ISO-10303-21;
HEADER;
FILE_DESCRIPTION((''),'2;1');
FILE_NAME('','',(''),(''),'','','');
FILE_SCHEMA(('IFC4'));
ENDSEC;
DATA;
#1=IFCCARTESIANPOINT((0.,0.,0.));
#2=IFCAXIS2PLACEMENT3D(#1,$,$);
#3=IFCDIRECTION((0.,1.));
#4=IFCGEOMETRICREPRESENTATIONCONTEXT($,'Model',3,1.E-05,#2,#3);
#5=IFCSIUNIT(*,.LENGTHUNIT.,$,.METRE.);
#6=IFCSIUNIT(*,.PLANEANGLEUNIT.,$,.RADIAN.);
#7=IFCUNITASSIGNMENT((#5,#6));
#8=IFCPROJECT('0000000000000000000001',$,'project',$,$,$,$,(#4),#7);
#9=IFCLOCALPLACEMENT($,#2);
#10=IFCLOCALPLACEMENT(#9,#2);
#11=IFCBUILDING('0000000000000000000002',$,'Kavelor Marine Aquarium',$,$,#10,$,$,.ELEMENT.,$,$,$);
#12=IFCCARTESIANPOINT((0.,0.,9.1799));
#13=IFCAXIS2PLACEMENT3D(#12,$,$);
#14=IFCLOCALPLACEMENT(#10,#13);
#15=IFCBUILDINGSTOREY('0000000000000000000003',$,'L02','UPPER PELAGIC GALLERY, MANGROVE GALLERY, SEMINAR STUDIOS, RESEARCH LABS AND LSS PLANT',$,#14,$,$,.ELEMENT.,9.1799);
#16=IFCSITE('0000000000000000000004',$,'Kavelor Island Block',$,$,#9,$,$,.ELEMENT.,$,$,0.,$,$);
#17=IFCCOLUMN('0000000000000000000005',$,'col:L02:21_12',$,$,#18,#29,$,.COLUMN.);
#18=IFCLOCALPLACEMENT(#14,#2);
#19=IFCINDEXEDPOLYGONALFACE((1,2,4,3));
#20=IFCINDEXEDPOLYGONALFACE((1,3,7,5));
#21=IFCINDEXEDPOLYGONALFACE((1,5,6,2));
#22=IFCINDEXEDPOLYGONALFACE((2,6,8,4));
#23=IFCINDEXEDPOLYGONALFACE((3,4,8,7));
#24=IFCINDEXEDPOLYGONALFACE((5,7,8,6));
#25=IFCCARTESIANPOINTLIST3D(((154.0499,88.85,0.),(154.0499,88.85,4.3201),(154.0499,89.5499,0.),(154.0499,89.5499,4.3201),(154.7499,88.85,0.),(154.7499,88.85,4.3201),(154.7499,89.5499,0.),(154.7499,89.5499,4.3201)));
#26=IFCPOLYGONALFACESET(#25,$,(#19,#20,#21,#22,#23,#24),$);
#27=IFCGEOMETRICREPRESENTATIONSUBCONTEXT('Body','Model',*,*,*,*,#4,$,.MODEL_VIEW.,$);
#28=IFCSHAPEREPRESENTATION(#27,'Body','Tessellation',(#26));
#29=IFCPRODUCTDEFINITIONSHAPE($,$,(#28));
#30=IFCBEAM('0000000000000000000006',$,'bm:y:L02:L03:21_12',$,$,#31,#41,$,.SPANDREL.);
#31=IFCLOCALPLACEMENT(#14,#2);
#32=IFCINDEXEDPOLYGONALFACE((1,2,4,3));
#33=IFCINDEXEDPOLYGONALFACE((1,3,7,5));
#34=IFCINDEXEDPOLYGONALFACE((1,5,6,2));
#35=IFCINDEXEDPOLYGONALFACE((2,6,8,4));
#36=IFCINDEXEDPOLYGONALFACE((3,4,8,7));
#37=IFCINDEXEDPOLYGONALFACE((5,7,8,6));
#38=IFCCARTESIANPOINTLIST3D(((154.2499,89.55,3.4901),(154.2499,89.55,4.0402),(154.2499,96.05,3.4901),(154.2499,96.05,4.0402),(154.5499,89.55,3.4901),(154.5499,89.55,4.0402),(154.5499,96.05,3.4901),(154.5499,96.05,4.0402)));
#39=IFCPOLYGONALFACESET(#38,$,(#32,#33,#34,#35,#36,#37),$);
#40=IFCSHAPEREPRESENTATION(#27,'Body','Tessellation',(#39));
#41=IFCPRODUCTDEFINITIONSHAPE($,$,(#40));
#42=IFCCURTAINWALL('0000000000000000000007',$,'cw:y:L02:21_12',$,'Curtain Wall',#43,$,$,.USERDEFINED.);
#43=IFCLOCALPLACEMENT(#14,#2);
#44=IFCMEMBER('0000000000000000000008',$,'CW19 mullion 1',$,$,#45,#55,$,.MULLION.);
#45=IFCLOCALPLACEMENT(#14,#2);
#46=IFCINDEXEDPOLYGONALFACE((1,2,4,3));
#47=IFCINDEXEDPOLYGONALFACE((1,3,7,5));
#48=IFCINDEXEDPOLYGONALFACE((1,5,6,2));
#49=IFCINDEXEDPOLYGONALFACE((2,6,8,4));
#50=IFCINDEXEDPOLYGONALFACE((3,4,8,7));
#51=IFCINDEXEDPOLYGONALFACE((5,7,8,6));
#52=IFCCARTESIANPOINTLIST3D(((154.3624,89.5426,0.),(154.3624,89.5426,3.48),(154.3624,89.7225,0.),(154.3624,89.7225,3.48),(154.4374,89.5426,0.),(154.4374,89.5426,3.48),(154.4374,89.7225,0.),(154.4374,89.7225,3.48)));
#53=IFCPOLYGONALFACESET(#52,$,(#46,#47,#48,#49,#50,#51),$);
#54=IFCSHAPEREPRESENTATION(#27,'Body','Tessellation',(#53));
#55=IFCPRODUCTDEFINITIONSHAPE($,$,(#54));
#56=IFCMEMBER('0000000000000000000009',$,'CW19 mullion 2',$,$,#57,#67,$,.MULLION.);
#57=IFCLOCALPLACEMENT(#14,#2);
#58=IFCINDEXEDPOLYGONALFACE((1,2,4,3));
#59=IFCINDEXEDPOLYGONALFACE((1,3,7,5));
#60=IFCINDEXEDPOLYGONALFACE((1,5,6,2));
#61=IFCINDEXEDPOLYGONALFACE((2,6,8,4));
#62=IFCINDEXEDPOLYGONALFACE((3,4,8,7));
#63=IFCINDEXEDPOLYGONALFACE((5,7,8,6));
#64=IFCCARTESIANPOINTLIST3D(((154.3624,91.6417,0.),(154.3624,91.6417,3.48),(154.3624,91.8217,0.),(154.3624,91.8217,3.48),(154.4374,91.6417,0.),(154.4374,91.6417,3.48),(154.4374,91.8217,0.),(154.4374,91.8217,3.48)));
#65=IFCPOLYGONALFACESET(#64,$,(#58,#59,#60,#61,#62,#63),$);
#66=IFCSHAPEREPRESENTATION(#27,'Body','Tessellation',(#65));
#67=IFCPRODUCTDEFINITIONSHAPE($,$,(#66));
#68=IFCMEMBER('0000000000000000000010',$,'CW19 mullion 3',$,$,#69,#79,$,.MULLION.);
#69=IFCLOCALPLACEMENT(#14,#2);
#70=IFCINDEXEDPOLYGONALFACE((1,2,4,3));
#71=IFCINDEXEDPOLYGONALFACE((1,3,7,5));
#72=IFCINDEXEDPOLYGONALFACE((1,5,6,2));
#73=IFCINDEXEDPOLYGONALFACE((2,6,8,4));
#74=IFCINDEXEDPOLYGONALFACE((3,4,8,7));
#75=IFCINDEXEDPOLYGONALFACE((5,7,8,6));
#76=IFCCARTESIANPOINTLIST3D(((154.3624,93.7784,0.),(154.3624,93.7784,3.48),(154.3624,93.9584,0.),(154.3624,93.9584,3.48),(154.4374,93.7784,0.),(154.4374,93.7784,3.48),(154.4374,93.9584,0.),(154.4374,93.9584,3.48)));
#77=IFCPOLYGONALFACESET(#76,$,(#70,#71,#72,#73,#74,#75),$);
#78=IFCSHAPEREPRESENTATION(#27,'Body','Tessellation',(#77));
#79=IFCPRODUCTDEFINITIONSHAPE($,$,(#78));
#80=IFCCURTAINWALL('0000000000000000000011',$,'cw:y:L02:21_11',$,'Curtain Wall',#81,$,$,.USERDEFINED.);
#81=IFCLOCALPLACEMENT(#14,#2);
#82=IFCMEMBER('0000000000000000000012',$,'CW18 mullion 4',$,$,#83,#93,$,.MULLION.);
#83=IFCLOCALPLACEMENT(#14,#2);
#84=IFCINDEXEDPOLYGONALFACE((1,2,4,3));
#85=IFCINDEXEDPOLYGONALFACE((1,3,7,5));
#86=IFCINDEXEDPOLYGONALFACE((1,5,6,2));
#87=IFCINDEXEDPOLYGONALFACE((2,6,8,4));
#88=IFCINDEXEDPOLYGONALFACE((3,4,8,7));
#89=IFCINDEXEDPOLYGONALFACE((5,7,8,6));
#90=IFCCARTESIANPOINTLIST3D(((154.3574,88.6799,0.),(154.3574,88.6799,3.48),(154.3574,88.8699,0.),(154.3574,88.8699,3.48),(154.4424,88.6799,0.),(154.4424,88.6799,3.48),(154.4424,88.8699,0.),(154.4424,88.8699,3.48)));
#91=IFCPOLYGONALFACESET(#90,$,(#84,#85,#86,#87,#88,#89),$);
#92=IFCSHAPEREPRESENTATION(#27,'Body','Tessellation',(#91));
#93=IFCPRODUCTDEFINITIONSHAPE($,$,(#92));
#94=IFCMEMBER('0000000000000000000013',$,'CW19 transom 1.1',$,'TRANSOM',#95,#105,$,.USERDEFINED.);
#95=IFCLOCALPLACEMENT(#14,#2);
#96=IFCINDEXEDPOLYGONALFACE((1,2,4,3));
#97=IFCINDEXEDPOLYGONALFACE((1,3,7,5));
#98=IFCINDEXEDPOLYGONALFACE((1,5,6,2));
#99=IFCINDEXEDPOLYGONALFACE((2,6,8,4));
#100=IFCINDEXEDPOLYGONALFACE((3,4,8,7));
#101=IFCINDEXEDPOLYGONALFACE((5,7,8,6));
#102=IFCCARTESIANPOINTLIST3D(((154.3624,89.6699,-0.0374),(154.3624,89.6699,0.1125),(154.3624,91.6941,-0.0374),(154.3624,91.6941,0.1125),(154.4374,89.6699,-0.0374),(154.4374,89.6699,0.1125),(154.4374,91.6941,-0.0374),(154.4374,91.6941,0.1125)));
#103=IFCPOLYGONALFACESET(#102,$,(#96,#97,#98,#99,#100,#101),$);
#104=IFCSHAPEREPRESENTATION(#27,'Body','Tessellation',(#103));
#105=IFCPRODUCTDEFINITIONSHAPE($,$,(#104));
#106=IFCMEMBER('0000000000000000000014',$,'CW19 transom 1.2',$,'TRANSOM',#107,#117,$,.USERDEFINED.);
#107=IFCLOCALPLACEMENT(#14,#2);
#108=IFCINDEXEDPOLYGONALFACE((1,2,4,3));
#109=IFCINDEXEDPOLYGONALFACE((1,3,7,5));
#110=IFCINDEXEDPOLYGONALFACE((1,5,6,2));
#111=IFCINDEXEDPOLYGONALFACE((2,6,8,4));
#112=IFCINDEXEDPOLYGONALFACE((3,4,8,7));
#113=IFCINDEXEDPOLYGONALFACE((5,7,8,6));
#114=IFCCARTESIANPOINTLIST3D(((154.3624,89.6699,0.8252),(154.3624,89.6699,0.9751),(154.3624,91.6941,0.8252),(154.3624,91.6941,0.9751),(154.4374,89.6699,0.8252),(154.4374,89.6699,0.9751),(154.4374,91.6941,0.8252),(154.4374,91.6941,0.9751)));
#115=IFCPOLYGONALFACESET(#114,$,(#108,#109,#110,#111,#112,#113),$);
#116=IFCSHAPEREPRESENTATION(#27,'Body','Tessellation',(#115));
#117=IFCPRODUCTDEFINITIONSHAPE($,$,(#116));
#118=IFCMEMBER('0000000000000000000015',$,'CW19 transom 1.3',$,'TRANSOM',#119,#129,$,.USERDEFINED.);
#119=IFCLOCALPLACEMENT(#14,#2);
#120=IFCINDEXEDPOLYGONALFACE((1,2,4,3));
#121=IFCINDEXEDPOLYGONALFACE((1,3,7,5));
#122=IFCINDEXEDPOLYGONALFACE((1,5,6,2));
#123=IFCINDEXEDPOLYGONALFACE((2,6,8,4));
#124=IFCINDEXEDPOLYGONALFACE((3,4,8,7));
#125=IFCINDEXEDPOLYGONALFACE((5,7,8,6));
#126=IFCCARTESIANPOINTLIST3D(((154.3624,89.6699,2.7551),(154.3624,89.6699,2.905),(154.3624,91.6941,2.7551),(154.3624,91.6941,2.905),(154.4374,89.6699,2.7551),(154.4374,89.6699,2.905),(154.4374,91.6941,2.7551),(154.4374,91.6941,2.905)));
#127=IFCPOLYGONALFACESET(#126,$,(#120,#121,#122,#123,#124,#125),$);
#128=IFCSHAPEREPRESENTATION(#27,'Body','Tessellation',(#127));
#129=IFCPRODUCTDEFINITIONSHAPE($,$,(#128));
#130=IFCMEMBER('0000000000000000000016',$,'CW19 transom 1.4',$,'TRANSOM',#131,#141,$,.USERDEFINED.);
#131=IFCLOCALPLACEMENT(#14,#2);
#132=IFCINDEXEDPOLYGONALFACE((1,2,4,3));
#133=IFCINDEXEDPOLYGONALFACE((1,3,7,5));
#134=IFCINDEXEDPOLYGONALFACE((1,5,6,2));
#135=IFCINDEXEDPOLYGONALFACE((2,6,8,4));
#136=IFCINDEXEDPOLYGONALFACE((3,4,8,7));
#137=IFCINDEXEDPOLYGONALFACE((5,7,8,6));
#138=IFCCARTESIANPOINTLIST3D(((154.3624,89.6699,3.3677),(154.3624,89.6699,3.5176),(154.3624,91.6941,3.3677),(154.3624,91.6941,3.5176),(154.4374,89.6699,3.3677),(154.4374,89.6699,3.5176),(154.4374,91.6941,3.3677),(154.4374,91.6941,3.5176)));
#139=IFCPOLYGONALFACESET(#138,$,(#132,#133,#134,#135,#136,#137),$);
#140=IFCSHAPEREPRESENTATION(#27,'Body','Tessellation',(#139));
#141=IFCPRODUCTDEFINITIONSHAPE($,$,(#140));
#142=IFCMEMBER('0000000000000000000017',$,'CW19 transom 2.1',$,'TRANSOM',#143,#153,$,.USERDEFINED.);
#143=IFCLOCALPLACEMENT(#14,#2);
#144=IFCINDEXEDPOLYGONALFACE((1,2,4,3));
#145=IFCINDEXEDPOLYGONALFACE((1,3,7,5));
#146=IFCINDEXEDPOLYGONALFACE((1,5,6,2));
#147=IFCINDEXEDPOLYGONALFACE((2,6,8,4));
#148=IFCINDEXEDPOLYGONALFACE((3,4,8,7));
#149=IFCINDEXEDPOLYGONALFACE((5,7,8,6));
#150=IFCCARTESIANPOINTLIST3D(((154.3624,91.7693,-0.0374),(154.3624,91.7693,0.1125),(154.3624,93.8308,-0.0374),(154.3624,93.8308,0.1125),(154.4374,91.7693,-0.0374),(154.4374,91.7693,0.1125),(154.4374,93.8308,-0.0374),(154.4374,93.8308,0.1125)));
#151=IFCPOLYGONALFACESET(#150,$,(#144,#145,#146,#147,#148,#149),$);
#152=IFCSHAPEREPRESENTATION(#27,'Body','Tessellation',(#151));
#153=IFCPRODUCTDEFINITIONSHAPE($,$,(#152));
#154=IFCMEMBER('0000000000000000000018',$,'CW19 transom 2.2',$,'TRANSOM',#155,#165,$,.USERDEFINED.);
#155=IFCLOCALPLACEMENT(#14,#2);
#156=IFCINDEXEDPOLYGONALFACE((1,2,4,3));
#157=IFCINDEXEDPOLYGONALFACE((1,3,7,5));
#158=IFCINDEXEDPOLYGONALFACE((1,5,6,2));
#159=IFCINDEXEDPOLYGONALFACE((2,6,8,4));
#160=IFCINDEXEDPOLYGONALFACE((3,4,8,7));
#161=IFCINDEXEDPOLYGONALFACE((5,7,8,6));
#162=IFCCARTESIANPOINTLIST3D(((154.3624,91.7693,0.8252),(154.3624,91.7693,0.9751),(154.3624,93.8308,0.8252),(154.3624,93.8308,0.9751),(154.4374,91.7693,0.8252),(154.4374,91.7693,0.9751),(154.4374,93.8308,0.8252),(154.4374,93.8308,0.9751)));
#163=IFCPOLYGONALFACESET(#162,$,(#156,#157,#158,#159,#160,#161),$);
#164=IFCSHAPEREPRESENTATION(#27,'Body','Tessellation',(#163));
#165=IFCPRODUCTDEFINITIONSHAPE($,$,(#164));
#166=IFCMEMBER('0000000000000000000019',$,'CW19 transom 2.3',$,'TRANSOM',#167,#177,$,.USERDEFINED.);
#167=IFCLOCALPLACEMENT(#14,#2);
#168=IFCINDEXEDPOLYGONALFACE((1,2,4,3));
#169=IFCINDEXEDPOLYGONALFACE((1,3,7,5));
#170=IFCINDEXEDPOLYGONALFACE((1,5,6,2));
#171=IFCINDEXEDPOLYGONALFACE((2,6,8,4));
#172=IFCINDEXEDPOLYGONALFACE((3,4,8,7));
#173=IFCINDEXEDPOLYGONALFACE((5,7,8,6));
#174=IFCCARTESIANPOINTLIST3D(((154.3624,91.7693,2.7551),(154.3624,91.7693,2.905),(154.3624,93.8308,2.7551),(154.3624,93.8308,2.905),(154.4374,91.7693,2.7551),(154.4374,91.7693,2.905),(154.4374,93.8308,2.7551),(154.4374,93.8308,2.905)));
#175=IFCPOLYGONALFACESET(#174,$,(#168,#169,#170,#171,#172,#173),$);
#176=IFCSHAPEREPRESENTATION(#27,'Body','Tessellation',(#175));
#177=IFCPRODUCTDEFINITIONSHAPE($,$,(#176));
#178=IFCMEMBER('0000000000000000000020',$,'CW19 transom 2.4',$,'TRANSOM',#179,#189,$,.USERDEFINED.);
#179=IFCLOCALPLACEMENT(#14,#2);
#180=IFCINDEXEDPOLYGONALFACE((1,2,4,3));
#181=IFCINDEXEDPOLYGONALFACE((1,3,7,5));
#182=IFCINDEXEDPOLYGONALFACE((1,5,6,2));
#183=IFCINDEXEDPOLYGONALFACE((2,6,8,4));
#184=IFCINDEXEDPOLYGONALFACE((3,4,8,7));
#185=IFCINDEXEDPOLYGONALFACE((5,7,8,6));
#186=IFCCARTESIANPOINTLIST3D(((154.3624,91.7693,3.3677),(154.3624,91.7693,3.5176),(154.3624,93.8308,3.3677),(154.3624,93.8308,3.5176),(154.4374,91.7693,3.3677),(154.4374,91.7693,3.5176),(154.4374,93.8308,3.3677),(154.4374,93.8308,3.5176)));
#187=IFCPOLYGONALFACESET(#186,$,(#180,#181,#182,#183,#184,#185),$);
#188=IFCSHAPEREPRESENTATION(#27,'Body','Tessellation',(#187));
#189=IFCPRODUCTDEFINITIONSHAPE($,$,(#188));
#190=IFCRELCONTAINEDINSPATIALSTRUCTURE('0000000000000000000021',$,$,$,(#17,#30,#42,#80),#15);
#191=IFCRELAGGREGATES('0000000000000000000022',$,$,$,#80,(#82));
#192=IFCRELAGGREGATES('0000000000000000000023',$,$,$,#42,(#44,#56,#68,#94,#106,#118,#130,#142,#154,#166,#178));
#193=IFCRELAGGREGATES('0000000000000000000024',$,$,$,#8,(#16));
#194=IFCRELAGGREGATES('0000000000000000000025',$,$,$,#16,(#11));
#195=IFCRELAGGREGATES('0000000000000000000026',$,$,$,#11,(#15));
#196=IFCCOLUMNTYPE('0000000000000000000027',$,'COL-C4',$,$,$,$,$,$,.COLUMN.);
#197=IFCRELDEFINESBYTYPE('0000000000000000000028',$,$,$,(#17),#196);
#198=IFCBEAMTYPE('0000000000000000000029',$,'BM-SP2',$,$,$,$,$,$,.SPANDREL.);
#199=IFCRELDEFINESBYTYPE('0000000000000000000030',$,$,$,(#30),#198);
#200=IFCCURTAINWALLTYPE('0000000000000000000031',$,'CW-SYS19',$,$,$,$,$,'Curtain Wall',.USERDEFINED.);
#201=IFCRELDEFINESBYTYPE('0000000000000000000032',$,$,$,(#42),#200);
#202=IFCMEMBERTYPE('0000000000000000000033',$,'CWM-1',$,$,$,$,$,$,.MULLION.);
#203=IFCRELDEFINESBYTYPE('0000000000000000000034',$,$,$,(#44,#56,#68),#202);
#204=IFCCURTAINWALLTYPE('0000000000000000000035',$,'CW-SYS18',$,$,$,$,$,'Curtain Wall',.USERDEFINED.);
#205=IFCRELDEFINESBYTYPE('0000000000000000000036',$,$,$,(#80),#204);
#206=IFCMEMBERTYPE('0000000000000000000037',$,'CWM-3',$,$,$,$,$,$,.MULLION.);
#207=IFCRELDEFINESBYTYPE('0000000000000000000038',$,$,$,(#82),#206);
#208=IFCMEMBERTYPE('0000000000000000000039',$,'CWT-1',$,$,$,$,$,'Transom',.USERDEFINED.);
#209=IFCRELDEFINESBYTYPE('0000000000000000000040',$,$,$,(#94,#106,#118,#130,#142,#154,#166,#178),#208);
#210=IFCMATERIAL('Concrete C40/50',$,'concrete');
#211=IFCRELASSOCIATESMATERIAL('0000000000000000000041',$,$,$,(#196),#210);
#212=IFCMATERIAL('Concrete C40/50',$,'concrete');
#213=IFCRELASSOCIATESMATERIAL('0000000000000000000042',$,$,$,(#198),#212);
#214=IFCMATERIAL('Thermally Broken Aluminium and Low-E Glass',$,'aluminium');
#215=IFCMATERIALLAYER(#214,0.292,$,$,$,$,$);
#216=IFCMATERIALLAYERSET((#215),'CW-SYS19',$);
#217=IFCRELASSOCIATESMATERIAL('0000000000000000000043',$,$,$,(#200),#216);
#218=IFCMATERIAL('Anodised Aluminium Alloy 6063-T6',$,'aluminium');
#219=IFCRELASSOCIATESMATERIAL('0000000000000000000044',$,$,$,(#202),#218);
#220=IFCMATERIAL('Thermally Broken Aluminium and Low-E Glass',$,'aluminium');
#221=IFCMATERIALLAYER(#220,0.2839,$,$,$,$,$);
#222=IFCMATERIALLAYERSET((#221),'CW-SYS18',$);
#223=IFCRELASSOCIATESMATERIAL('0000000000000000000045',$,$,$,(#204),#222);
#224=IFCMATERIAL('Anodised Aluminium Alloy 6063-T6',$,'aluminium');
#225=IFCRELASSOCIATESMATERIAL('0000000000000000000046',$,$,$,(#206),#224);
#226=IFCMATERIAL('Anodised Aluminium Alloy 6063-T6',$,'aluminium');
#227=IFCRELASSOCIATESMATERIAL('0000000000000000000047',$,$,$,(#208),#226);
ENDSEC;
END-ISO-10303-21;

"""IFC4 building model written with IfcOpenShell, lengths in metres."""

from ifc_helpers import new_model, si_unit, direction, frame, origin, origin_2d, place, context, subcontext, project, spatial, rectangle, extrude, material, layer, layer_set, material_profile, profile_set, type_object, element, aggregate, save


model = new_model("IFC4")

# Units and contexts
model_context = context("Model", 3, precision=1e-05, world=origin(), true_north=direction((0.0, 1.0)))
body_context = subcontext(model_context, "Body", "Model", "MODEL_VIEW")
ifc_project = project(units=[si_unit("LENGTHUNIT", "METRE"), si_unit("PLANEANGLEUNIT", "RADIAN")], contexts=[model_context])

# Site, building, storey
site_placement = place(None, origin())
site = spatial("IfcSite", under=ifc_project, at=site_placement, Name="Kavelor Island Block", CompositionType="ELEMENT", RefElevation=0.0)
building_placement = place(site_placement, origin())
building = spatial("IfcBuilding", under=site, at=building_placement, Name="Kavelor Marine Aquarium", CompositionType="ELEMENT")
storey_placement = place(building_placement, frame((0.0, 0.0, 9.1799)))
storey = spatial("IfcBuildingStorey", under=building, at=storey_placement, Name="L02", Description="UPPER PELAGIC GALLERY, MANGROVE GALLERY, SEMINAR STUDIOS, RESEARCH LABS AND LSS PLANT", CompositionType="ELEMENT", Elevation=9.1799)

# Column
ifc_material_1 = material(Name="Concrete C40/50", Category="concrete")
ifc_material_profile_1 = material_profile(ifc_material_1, rectangle(XDim=0.7, YDim=0.7, at=origin_2d()), Name="RC-COL 700x700")
ifc_profile_set_1 = profile_set([ifc_material_profile_1], Name="Concrete C40/50")
column_type = type_object("IfcColumnType", Name="COL-C4", PredefinedType="COLUMN", material=ifc_profile_set_1)
column_placement = place(storey_placement, frame((154.3999, 89.2, 0.0), z_axis=(0.0, 0.0, 1.0), x_axis=(1.0, 0.0, 0.0)))
element("IfcColumn", 1, at=column_placement, inside=storey, type_object=column_type, Name="col:L02:21_12", PredefinedType="COLUMN", context=body_context, shape_type="SweptSolid", body=[
    extrude(rectangle(XDim=0.7, YDim=0.7, at=origin_2d()), origin(), (0.0, 0.0, 1.0), 4.3201),
])

# Beam
ifc_material_2 = material(Name="Concrete C40/50", Category="concrete")
ifc_material_profile_2 = material_profile(ifc_material_2, rectangle(XDim=0.3, YDim=0.55, at=origin_2d()), Name="RC-SP 300x550")
ifc_profile_set_2 = profile_set([ifc_material_profile_2], Name="Concrete C40/50")
beam_type = type_object("IfcBeamType", Name="BM-SP2", PredefinedType="SPANDREL", material=ifc_profile_set_2)
beam_placement = place(storey_placement, frame((154.3999, 89.55, 3.7651), z_axis=(0.0, 1.0, 0.0), x_axis=(-1.0, 0.0, 0.0)))
element("IfcBeam", 2, at=beam_placement, inside=storey, type_object=beam_type, Name="bm:y:L02:L03:21_12", PredefinedType="SPANDREL", context=body_context, shape_type="SweptSolid", body=[
    extrude(rectangle(XDim=0.3, YDim=0.55, at=origin_2d()), origin(), (0.0, 0.0, 1.0), 6.5),
])

# Curtain wall, members
ifc_material_3 = material(Name="Thermally Broken Aluminium and Low-E Glass", Category="aluminium")
ifc_layer_1 = layer(ifc_material_3, 0.292)
ifc_layer_set_1 = layer_set([ifc_layer_1], Name="CW-SYS19")
curtain_wall_type_1 = type_object("IfcCurtainWallType", Name="CW-SYS19", ElementType="Curtain Wall", PredefinedType="USERDEFINED", material=ifc_layer_set_1)
curtain_wall_1_placement = place(storey_placement, origin())
curtain_wall_1 = element("IfcCurtainWall", 3, at=curtain_wall_1_placement, inside=storey, type_object=curtain_wall_type_1, Name="cw:y:L02:21_12", ObjectType="Curtain Wall", PredefinedType="USERDEFINED")
ifc_material_4 = material(Name="Anodised Aluminium Alloy 6063-T6", Category="aluminium")
ifc_material_profile_3 = material_profile(ifc_material_4, rectangle(XDim=0.075, YDim=0.1799, at=origin_2d()), Name="CW-MUL 75x180")
ifc_profile_set_3 = profile_set([ifc_material_profile_3], Name="Anodised Aluminium Alloy 6063-T6")
member_type_1 = type_object("IfcMemberType", Name="CWM-1", PredefinedType="MULLION", material=ifc_profile_set_3)
member_1_placement = place(storey_placement, frame((154.3999, 89.6326, 0.0), z_axis=(0.0, 0.0, 1.0), x_axis=(-1.0, 0.0, 0.0)))
member_1 = element("IfcMember", 4, at=member_1_placement, type_object=member_type_1, Name="CW19 mullion 1", PredefinedType="MULLION", context=body_context, shape_type="SweptSolid", body=[
    extrude(rectangle(XDim=0.075, YDim=0.1799, at=origin_2d()), origin(), (0.0, 0.0, 1.0), 3.48),
])
member_2_placement = place(storey_placement, frame((154.3999, 91.7317, 0.0), z_axis=(0.0, 0.0, 1.0), x_axis=(-1.0, 0.0, 0.0)))
member_2 = element("IfcMember", 5, at=member_2_placement, type_object=member_type_1, Name="CW19 mullion 2", PredefinedType="MULLION", context=body_context, shape_type="SweptSolid", body=[
    extrude(rectangle(XDim=0.075, YDim=0.1799, at=origin_2d()), origin(), (0.0, 0.0, 1.0), 3.48),
])
member_3_placement = place(storey_placement, frame((154.3999, 93.8684, 0.0), z_axis=(0.0, 0.0, 1.0), x_axis=(-1.0, 0.0, 0.0)))
member_3 = element("IfcMember", 6, at=member_3_placement, type_object=member_type_1, Name="CW19 mullion 3", PredefinedType="MULLION", context=body_context, shape_type="SweptSolid", body=[
    extrude(rectangle(XDim=0.075, YDim=0.1799, at=origin_2d()), origin(), (0.0, 0.0, 1.0), 3.48),
])

# Curtain wall, member
ifc_material_5 = material(Name="Thermally Broken Aluminium and Low-E Glass", Category="aluminium")
ifc_layer_2 = layer(ifc_material_5, 0.2839)
ifc_layer_set_2 = layer_set([ifc_layer_2], Name="CW-SYS18")
curtain_wall_type_2 = type_object("IfcCurtainWallType", Name="CW-SYS18", ElementType="Curtain Wall", PredefinedType="USERDEFINED", material=ifc_layer_set_2)
curtain_wall_2_placement = place(storey_placement, origin())
curtain_wall_2 = element("IfcCurtainWall", 7, at=curtain_wall_2_placement, inside=storey, type_object=curtain_wall_type_2, Name="cw:y:L02:21_11", ObjectType="Curtain Wall", PredefinedType="USERDEFINED")
ifc_material_6 = material(Name="Anodised Aluminium Alloy 6063-T6", Category="aluminium")
ifc_material_profile_4 = material_profile(ifc_material_6, rectangle(XDim=0.085, YDim=0.1899, at=origin_2d()), Name="CW-MUL 85x190")
ifc_profile_set_4 = profile_set([ifc_material_profile_4], Name="Anodised Aluminium Alloy 6063-T6")
member_type_2 = type_object("IfcMemberType", Name="CWM-3", PredefinedType="MULLION", material=ifc_profile_set_4)
member_4_placement = place(storey_placement, frame((154.3999, 88.7749, 0.0), z_axis=(0.0, 0.0, 1.0), x_axis=(-1.0, 0.0, 0.0)))
member_4 = element("IfcMember", 8, at=member_4_placement, type_object=member_type_2, Name="CW18 mullion 4", PredefinedType="MULLION", context=body_context, shape_type="SweptSolid", body=[
    extrude(rectangle(XDim=0.085, YDim=0.1899, at=origin_2d()), origin(), (0.0, 0.0, 1.0), 3.48),
])
aggregate(curtain_wall_2, [member_4])

# Members
ifc_material_7 = material(Name="Anodised Aluminium Alloy 6063-T6", Category="aluminium")
ifc_material_profile_5 = material_profile(ifc_material_7, rectangle(XDim=0.075, YDim=0.1499, at=origin_2d()), Name="CW-TRN 75x150")
ifc_profile_set_5 = profile_set([ifc_material_profile_5], Name="Anodised Aluminium Alloy 6063-T6")
member_type_3 = type_object("IfcMemberType", Name="CWT-1", ElementType="Transom", PredefinedType="USERDEFINED", material=ifc_profile_set_5)
member_5_placement = place(storey_placement, frame((154.3999, 89.6699, 0.0376), z_axis=(0.0, 1.0, 0.0), x_axis=(-1.0, 0.0, 0.0)))
member_5 = element("IfcMember", 9, at=member_5_placement, type_object=member_type_3, Name="CW19 transom 1.1", ObjectType="TRANSOM", PredefinedType="USERDEFINED", context=body_context, shape_type="SweptSolid", body=[
    extrude(rectangle(XDim=0.075, YDim=0.1499, at=origin_2d()), origin(), (0.0, 0.0, 1.0), 2.0242),
])
member_6_placement = place(storey_placement, frame((154.3999, 89.6699, 0.9001), z_axis=(0.0, 1.0, 0.0), x_axis=(-1.0, 0.0, 0.0)))
member_6 = element("IfcMember", 10, at=member_6_placement, type_object=member_type_3, Name="CW19 transom 1.2", ObjectType="TRANSOM", PredefinedType="USERDEFINED", context=body_context, shape_type="SweptSolid", body=[
    extrude(rectangle(XDim=0.075, YDim=0.1499, at=origin_2d()), origin(), (0.0, 0.0, 1.0), 2.0242),
])
member_7_placement = place(storey_placement, frame((154.3999, 89.6699, 2.8301), z_axis=(0.0, 1.0, 0.0), x_axis=(-1.0, 0.0, 0.0)))
member_7 = element("IfcMember", 11, at=member_7_placement, type_object=member_type_3, Name="CW19 transom 1.3", ObjectType="TRANSOM", PredefinedType="USERDEFINED", context=body_context, shape_type="SweptSolid", body=[
    extrude(rectangle(XDim=0.075, YDim=0.1499, at=origin_2d()), origin(), (0.0, 0.0, 1.0), 2.0242),
])
member_8_placement = place(storey_placement, frame((154.3999, 89.6699, 3.4426), z_axis=(0.0, 1.0, 0.0), x_axis=(-1.0, 0.0, 0.0)))
member_8 = element("IfcMember", 12, at=member_8_placement, type_object=member_type_3, Name="CW19 transom 1.4", ObjectType="TRANSOM", PredefinedType="USERDEFINED", context=body_context, shape_type="SweptSolid", body=[
    extrude(rectangle(XDim=0.075, YDim=0.1499, at=origin_2d()), origin(), (0.0, 0.0, 1.0), 2.0242),
])
member_9_placement = place(storey_placement, frame((154.3999, 91.7693, 0.0376), z_axis=(0.0, 1.0, 0.0), x_axis=(-1.0, 0.0, 0.0)))
member_9 = element("IfcMember", 13, at=member_9_placement, type_object=member_type_3, Name="CW19 transom 2.1", ObjectType="TRANSOM", PredefinedType="USERDEFINED", context=body_context, shape_type="SweptSolid", body=[
    extrude(rectangle(XDim=0.075, YDim=0.1499, at=origin_2d()), origin(), (0.0, 0.0, 1.0), 2.0615),
])
member_10_placement = place(storey_placement, frame((154.3999, 91.7693, 0.9001), z_axis=(0.0, 1.0, 0.0), x_axis=(-1.0, 0.0, 0.0)))
member_10 = element("IfcMember", 14, at=member_10_placement, type_object=member_type_3, Name="CW19 transom 2.2", ObjectType="TRANSOM", PredefinedType="USERDEFINED", context=body_context, shape_type="SweptSolid", body=[
    extrude(rectangle(XDim=0.075, YDim=0.1499, at=origin_2d()), origin(), (0.0, 0.0, 1.0), 2.0615),
])
member_11_placement = place(storey_placement, frame((154.3999, 91.7693, 2.8301), z_axis=(0.0, 1.0, 0.0), x_axis=(-1.0, 0.0, 0.0)))
member_11 = element("IfcMember", 15, at=member_11_placement, type_object=member_type_3, Name="CW19 transom 2.3", ObjectType="TRANSOM", PredefinedType="USERDEFINED", context=body_context, shape_type="SweptSolid", body=[
    extrude(rectangle(XDim=0.075, YDim=0.1499, at=origin_2d()), origin(), (0.0, 0.0, 1.0), 2.0615),
])
member_12_placement = place(storey_placement, frame((154.3999, 91.7693, 3.4426), z_axis=(0.0, 1.0, 0.0), x_axis=(-1.0, 0.0, 0.0)))
member_12 = element("IfcMember", 16, at=member_12_placement, type_object=member_type_3, Name="CW19 transom 2.4", ObjectType="TRANSOM", PredefinedType="USERDEFINED", context=body_context, shape_type="SweptSolid", body=[
    extrude(rectangle(XDim=0.075, YDim=0.1499, at=origin_2d()), origin(), (0.0, 0.0, 1.0), 2.0615),
])

aggregate(curtain_wall_1, [member_1, member_2, member_3, member_5, member_6, member_7, member_8, member_9, member_10, member_11, member_12])

save(model, "model.ifc")
